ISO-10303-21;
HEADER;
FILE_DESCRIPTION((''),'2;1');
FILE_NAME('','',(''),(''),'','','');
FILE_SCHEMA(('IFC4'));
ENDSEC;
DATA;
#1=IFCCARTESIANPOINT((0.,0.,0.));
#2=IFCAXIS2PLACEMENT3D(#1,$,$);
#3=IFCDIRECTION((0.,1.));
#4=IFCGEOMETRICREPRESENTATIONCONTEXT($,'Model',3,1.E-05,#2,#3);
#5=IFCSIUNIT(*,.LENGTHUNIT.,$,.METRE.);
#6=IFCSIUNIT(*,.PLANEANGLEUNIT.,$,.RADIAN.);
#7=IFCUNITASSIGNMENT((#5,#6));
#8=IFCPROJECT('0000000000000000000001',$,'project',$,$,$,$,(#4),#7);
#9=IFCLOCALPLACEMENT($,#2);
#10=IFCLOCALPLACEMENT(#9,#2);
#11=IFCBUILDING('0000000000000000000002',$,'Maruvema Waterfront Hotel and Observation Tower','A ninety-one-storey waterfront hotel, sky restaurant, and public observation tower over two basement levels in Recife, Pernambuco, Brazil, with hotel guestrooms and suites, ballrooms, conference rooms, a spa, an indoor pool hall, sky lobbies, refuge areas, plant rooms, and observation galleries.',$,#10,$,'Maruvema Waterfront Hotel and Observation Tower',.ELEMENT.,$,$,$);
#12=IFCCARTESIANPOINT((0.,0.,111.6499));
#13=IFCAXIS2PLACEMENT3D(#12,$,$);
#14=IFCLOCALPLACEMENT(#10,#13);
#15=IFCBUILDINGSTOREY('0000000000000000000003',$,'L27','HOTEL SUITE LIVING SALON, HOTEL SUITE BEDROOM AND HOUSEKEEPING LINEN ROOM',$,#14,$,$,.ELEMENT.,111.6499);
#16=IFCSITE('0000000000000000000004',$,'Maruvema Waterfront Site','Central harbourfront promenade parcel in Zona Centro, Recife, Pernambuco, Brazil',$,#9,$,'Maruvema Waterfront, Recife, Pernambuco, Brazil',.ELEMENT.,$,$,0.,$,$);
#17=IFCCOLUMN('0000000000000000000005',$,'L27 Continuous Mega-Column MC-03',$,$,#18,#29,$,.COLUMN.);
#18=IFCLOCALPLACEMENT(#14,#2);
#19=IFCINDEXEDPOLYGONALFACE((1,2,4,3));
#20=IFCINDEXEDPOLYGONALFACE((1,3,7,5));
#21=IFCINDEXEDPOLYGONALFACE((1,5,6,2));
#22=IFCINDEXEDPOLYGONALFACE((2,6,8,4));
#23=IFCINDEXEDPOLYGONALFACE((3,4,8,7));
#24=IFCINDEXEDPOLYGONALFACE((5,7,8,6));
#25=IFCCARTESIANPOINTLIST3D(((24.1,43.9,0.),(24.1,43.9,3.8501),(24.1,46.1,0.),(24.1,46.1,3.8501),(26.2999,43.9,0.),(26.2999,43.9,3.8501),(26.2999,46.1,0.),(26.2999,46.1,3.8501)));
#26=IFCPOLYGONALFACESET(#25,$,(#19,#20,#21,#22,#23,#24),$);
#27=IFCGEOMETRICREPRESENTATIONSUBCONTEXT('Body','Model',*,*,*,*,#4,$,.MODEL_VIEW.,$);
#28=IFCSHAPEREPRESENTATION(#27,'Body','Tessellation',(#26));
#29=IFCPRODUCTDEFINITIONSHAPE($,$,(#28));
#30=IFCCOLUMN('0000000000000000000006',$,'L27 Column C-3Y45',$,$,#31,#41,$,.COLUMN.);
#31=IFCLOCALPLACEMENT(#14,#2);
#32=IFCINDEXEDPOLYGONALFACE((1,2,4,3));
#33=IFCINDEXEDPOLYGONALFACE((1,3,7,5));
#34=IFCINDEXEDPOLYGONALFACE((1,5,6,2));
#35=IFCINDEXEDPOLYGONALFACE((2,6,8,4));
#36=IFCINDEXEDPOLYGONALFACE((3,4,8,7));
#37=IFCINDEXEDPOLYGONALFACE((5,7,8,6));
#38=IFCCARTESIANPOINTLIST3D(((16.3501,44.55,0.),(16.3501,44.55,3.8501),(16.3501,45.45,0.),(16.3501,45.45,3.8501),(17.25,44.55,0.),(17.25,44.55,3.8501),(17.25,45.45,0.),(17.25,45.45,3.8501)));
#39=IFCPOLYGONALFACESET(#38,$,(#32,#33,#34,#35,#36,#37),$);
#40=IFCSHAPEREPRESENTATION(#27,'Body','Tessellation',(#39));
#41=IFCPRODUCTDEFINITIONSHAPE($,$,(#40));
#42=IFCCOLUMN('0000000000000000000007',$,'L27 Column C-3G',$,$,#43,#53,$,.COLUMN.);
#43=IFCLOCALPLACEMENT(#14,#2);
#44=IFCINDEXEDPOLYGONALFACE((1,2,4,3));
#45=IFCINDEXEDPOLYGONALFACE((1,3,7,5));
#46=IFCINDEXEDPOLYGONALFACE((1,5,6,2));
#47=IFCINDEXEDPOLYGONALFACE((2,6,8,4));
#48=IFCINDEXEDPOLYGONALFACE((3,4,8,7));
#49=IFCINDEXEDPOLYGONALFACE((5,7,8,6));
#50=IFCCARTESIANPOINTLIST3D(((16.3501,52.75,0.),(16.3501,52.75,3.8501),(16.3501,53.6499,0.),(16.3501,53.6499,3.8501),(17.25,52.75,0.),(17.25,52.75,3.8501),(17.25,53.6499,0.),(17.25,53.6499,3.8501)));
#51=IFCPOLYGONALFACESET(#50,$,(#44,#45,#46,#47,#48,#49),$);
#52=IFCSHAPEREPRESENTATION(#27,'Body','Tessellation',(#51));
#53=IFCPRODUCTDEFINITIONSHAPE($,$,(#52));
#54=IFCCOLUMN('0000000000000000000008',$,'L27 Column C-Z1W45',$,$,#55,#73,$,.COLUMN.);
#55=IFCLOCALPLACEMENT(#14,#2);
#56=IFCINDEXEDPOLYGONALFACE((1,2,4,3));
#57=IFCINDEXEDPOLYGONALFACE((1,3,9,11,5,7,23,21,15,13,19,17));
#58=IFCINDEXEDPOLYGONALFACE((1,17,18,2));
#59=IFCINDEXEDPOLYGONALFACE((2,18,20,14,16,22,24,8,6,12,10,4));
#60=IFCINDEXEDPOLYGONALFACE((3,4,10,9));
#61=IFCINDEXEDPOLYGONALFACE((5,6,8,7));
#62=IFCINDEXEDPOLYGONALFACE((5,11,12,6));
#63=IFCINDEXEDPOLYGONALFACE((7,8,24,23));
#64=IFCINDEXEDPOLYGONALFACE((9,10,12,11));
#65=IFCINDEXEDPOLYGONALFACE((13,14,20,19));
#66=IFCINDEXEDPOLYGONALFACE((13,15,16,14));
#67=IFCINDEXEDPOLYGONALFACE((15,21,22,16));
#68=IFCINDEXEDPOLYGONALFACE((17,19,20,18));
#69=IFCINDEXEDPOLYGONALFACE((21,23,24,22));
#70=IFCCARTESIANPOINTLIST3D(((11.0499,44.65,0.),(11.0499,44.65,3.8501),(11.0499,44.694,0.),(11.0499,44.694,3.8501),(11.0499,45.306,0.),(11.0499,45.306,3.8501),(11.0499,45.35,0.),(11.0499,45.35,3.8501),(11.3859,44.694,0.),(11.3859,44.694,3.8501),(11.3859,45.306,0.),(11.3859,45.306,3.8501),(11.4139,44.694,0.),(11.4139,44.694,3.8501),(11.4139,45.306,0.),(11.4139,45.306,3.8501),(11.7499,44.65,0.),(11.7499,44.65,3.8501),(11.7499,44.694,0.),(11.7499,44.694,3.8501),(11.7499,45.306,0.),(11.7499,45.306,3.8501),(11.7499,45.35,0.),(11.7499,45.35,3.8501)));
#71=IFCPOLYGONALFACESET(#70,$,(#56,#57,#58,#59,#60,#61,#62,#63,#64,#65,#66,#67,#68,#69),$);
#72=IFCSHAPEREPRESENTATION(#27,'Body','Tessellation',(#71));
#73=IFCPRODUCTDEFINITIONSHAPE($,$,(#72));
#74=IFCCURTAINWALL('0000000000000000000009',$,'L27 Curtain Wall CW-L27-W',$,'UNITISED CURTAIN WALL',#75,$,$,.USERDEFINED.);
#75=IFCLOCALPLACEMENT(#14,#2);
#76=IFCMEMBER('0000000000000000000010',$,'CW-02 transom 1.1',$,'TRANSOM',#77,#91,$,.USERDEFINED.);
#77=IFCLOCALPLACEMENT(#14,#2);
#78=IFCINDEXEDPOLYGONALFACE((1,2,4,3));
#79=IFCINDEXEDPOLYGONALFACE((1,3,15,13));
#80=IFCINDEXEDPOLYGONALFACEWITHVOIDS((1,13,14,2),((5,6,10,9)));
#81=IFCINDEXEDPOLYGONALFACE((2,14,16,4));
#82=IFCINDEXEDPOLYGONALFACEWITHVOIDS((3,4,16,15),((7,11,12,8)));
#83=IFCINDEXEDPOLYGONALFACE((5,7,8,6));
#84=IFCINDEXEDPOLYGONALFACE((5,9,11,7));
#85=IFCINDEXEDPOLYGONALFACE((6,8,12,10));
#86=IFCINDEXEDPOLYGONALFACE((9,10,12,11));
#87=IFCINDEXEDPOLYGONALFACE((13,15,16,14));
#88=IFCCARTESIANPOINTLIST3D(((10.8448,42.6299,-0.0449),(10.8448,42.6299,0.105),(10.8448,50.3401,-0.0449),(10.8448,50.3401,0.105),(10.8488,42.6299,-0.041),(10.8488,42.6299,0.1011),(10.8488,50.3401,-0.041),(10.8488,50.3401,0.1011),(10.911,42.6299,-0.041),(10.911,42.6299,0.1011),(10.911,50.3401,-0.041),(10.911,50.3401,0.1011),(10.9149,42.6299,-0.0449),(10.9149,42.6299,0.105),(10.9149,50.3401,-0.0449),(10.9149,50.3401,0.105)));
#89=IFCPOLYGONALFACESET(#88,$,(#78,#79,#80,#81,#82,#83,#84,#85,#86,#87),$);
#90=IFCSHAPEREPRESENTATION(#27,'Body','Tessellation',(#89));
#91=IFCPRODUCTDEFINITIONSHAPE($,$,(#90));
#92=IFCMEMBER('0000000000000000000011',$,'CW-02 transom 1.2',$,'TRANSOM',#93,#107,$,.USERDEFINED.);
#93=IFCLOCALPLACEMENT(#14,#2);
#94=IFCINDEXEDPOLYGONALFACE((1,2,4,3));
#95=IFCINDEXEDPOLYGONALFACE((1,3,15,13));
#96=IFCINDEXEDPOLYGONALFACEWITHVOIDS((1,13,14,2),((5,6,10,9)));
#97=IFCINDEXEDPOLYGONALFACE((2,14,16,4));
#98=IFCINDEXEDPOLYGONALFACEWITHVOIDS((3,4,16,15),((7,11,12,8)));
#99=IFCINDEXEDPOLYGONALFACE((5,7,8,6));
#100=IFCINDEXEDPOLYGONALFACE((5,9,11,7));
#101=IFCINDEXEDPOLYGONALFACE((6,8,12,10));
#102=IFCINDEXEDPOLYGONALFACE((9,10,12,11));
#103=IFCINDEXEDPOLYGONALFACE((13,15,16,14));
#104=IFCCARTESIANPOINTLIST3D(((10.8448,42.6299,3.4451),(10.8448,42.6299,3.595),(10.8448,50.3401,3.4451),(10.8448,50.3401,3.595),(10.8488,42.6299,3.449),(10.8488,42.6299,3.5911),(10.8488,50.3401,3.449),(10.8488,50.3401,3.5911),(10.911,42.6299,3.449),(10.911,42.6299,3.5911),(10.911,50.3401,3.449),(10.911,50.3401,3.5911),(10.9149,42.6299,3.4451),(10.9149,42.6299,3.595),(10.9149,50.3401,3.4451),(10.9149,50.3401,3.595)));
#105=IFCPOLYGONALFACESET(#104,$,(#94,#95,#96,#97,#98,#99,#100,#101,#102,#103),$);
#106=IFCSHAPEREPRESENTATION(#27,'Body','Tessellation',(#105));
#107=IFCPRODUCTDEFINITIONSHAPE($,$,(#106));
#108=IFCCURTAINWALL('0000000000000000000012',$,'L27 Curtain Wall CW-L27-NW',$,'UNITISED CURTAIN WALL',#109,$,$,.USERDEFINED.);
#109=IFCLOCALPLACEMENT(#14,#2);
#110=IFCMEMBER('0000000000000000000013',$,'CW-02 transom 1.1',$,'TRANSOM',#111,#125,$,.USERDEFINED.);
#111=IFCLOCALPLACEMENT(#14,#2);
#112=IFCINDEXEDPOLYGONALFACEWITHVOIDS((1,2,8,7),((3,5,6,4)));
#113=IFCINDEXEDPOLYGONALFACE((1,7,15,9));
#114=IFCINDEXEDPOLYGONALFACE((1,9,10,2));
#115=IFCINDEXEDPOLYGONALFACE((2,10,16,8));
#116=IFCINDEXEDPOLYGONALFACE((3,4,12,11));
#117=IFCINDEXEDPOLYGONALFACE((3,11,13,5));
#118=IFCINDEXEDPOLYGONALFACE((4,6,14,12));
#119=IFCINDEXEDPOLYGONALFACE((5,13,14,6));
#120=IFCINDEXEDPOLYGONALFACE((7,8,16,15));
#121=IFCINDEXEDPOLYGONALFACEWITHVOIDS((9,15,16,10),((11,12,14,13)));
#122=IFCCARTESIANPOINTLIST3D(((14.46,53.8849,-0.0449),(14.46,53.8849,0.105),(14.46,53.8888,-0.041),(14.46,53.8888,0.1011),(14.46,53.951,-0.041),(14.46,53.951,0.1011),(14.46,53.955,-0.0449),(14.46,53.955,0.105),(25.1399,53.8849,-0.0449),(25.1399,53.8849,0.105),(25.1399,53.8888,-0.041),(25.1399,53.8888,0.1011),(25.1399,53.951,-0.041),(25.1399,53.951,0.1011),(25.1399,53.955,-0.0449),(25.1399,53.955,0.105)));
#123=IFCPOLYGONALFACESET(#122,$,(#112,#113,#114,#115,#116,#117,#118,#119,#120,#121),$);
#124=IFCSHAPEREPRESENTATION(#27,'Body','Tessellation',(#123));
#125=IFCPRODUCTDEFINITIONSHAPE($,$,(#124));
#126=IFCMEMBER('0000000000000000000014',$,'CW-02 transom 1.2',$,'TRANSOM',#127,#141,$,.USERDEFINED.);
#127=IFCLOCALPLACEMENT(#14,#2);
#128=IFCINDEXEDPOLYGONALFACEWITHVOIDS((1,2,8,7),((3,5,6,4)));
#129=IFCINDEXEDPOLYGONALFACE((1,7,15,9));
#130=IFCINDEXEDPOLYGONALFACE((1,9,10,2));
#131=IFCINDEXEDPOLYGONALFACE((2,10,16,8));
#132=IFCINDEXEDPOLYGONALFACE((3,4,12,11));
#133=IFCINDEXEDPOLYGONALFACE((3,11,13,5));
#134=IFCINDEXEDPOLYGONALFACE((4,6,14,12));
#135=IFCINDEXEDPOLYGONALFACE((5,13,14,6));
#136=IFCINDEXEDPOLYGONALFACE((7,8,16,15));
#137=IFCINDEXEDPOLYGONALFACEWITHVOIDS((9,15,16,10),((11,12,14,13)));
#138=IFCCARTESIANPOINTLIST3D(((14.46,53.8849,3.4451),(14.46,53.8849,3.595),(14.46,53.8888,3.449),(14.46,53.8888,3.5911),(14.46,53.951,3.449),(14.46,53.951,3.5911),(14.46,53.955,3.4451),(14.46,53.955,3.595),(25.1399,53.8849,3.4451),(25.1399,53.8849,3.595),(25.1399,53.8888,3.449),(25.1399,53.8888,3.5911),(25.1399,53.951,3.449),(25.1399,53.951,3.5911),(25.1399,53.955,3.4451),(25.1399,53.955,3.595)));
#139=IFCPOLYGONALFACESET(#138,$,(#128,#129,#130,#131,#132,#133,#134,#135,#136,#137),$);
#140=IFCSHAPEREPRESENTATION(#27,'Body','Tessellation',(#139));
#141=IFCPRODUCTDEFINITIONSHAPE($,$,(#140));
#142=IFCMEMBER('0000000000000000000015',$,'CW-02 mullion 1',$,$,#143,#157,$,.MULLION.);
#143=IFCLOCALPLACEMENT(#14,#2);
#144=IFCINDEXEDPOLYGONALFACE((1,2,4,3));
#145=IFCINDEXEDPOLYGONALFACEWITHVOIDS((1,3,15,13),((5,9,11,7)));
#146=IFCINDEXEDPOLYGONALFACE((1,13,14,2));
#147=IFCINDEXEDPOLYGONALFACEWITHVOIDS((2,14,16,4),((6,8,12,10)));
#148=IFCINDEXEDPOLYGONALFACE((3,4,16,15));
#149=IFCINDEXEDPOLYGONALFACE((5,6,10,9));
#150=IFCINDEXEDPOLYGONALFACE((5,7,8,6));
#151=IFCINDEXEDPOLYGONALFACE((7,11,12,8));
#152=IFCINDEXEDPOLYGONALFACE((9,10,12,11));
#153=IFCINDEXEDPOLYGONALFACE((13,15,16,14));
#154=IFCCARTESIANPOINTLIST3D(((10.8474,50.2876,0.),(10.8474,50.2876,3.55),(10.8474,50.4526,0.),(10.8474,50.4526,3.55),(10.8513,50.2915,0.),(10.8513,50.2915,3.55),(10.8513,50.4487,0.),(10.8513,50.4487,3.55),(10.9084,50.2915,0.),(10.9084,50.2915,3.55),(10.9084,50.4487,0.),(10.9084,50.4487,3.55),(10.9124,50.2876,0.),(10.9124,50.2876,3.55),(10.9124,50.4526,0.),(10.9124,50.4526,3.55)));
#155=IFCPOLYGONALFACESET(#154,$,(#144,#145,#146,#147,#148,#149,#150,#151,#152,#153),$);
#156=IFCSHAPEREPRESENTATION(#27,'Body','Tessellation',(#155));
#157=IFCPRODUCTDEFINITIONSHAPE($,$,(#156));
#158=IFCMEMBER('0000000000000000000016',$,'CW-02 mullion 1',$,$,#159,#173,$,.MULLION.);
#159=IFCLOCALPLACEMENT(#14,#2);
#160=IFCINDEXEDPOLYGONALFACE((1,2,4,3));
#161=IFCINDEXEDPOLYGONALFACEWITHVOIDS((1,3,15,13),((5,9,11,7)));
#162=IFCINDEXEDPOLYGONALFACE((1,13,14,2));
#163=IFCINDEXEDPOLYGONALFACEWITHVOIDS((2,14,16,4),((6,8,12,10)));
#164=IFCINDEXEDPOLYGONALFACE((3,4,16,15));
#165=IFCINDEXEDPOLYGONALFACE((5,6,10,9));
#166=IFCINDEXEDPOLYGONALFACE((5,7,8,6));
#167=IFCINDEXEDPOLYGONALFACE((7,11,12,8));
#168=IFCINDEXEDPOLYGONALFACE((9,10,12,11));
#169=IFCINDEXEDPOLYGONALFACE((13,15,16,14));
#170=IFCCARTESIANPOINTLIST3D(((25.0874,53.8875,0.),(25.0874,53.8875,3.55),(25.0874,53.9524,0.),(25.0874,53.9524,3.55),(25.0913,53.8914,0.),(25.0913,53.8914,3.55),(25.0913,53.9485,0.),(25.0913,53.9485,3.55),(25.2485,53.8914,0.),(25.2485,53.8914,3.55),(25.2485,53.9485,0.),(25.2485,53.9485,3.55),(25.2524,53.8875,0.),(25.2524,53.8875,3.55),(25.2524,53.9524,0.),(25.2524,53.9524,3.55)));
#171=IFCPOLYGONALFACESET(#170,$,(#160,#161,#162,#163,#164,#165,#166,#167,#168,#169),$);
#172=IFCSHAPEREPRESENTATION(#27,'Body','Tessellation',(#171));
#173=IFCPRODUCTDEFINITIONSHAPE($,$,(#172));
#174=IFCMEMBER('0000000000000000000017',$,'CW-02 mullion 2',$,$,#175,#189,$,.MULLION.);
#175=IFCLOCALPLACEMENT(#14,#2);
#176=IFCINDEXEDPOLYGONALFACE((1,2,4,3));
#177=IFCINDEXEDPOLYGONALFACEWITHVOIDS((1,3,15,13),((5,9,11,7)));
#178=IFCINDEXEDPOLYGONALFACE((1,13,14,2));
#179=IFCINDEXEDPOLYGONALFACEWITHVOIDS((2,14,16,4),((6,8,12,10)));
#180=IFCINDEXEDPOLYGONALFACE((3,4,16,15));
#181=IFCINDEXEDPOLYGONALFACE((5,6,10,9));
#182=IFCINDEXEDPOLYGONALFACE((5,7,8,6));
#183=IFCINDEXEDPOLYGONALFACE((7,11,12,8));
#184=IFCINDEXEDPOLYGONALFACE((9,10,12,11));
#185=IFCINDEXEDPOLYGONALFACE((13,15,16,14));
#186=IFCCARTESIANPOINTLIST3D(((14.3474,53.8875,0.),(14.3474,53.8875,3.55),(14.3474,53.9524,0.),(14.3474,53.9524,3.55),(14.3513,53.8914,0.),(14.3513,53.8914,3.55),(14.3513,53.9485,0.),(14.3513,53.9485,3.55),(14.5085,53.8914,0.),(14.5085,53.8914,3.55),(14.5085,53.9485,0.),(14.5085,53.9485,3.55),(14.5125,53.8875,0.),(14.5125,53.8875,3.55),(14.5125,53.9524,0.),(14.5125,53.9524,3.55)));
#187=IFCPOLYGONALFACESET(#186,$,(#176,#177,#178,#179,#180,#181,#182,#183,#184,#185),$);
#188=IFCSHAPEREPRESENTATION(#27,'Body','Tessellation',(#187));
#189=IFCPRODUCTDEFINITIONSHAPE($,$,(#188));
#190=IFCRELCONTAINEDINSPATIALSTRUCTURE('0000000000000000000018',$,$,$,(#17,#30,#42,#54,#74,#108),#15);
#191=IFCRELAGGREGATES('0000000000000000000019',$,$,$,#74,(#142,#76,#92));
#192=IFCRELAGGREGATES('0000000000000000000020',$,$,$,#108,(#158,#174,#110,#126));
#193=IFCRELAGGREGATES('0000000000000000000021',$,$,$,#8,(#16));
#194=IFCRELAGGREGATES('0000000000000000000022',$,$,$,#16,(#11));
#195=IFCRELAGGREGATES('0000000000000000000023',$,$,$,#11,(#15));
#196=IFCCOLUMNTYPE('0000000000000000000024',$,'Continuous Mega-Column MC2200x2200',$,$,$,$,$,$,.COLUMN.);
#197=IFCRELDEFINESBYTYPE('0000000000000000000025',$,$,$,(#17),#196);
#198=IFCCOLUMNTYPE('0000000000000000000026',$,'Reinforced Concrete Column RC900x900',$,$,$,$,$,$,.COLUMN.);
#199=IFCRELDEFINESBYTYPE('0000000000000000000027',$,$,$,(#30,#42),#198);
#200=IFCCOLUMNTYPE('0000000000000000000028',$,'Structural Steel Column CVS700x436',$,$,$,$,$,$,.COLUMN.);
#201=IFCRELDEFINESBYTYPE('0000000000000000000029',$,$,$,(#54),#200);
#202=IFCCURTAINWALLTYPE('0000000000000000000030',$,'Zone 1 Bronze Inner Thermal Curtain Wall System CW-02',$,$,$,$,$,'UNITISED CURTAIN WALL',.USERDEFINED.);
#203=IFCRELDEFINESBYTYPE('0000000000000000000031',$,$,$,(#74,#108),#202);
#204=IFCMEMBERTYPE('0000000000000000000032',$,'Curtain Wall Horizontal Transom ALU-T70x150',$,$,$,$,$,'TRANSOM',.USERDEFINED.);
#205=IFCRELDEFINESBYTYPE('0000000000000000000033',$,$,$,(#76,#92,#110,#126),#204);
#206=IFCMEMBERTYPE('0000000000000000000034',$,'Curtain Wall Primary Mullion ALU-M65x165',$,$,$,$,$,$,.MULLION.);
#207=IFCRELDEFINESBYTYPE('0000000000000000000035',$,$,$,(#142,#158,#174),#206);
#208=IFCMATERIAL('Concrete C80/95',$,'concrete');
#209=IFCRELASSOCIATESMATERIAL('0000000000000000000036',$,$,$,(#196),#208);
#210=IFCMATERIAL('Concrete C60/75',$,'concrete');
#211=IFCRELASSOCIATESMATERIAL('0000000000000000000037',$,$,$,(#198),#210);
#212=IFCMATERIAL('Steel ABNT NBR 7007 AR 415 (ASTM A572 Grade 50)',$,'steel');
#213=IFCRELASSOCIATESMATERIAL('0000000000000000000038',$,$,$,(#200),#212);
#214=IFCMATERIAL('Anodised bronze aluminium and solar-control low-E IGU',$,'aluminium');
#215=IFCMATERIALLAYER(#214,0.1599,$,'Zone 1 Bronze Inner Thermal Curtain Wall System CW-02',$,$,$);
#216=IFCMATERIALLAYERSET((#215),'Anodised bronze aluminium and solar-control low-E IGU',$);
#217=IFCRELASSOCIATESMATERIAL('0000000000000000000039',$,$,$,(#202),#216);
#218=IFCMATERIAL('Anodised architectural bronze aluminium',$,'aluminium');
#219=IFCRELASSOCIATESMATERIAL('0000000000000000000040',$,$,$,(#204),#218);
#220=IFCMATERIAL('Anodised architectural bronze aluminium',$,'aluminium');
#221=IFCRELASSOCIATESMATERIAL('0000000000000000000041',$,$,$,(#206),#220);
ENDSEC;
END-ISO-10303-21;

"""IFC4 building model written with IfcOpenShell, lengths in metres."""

from ifc_helpers import new_model, si_unit, direction, frame, origin, origin_2d, place, context, subcontext, project, spatial, rectangle, hollow_rectangle, i_section, extrude, material, layer, layer_set, material_profile, profile_set, type_object, element, aggregate, save


model = new_model("IFC4")

# Units and contexts
model_context = context("Model", 3, precision=1e-05, world=origin(), true_north=direction((0.0, 1.0)))
body_context = subcontext(model_context, "Body", "Model", "MODEL_VIEW")
ifc_project = project(units=[si_unit("LENGTHUNIT", "METRE"), si_unit("PLANEANGLEUNIT", "RADIAN")], contexts=[model_context])

# Site, building, storey
site_placement = place(None, origin())
site = spatial("IfcSite", under=ifc_project, at=site_placement, Name="Maruvema Waterfront Site", Description="Central harbourfront promenade parcel in Zona Centro, Recife, Pernambuco, Brazil", LongName="Maruvema Waterfront, Recife, Pernambuco, Brazil", CompositionType="ELEMENT", RefElevation=0.0)
building_placement = place(site_placement, origin())
building = spatial("IfcBuilding", under=site, at=building_placement, Name="Maruvema Waterfront Hotel and Observation Tower", Description="A ninety-one-storey waterfront hotel, sky restaurant, and public observation tower over two basement levels in Recife, Pernambuco, Brazil, with hotel guestrooms and suites, ballrooms, conference rooms, a spa, an indoor pool hall, sky lobbies, refuge areas, plant rooms, and observation galleries.", LongName="Maruvema Waterfront Hotel and Observation Tower", CompositionType="ELEMENT")
storey_placement = place(building_placement, frame((0.0, 0.0, 111.6499)))
storey = spatial("IfcBuildingStorey", under=building, at=storey_placement, Name="L27", Description="HOTEL SUITE LIVING SALON, HOTEL SUITE BEDROOM AND HOUSEKEEPING LINEN ROOM", CompositionType="ELEMENT", Elevation=111.6499)

# Columns
ifc_material_1 = material(Name="Concrete C80/95", Category="concrete")
ifc_material_profile_1 = material_profile(ifc_material_1, rectangle(XDim=2.2, YDim=2.2, at=origin_2d()), Name="MC2200x2200")
ifc_profile_set_1 = profile_set([ifc_material_profile_1], Name="Concrete C80/95")
column_type_1 = type_object("IfcColumnType", Name="Continuous Mega-Column MC2200x2200", PredefinedType="COLUMN", material=ifc_profile_set_1)
column_1_placement = place(storey_placement, frame((25.2, 45.0, 0.0), z_axis=(0.0, 0.0, 1.0), x_axis=(1.0, 0.0, 0.0)))
element("IfcColumn", 1, at=column_1_placement, inside=storey, type_object=column_type_1, Name="L27 Continuous Mega-Column MC-03", PredefinedType="COLUMN", context=body_context, shape_type="SweptSolid", body=[
    extrude(rectangle(XDim=2.2, YDim=2.2, at=origin_2d()), origin(), (0.0, 0.0, 1.0), 3.8501),
])
ifc_material_2 = material(Name="Concrete C60/75", Category="concrete")
ifc_material_profile_2 = material_profile(ifc_material_2, rectangle(XDim=0.8999, YDim=0.8999, at=origin_2d()), Name="RC900x900")
ifc_profile_set_2 = profile_set([ifc_material_profile_2], Name="Concrete C60/75")
column_type_2 = type_object("IfcColumnType", Name="Reinforced Concrete Column RC900x900", PredefinedType="COLUMN", material=ifc_profile_set_2)
for number, where, z_axis, x_axis, name in (
    (2, (16.8, 45.0, 0.0), (0.0, 0.0, 1.0), (1.0, 0.0, 0.0), "L27 Column C-3Y45"),
    (3, (16.8, 53.2, 0.0), (0.0, 0.0, 1.0), (1.0, 0.0, 0.0), "L27 Column C-3G"),
):
    element("IfcColumn", number, at=place(storey_placement, frame(where, z_axis=z_axis, x_axis=x_axis)), inside=storey, type_object=column_type_2, Name=name, PredefinedType="COLUMN", context=body_context, shape_type="SweptSolid", body=[
        extrude(rectangle(XDim=0.8999, YDim=0.8999, at=origin_2d()), origin(), (0.0, 0.0, 1.0), 3.8501),
    ])
ifc_material_3 = material(Name="Steel ABNT NBR 7007 AR 415 (ASTM A572 Grade 50)", Category="steel")
ifc_material_profile_3 = material_profile(ifc_material_3, i_section(OverallWidth=0.7, OverallDepth=0.7, WebThickness=0.0281, FlangeThickness=0.0439, at=origin_2d()), Name="CVS700x436")
ifc_profile_set_3 = profile_set([ifc_material_profile_3], Name="Steel ABNT NBR 7007 AR 415 (ASTM A572 Grade 50)")
column_type_3 = type_object("IfcColumnType", Name="Structural Steel Column CVS700x436", PredefinedType="COLUMN", material=ifc_profile_set_3)
column_2_placement = place(storey_placement, frame((11.3999, 45.0, 0.0), z_axis=(0.0, 0.0, 1.0), x_axis=(1.0, 0.0, 0.0)))
element("IfcColumn", 4, at=column_2_placement, inside=storey, type_object=column_type_3, Name="L27 Column C-Z1W45", PredefinedType="COLUMN", context=body_context, shape_type="SweptSolid", body=[
    extrude(i_section(OverallWidth=0.7, OverallDepth=0.7, WebThickness=0.0281, FlangeThickness=0.0439, at=origin_2d()), origin(), (0.0, 0.0, 1.0), 3.8501),
])

# Curtain walls, members
ifc_material_4 = material(Name="Anodised bronze aluminium and solar-control low-E IGU", Category="aluminium")
ifc_layer_1 = layer(ifc_material_4, 0.1599, Name="Zone 1 Bronze Inner Thermal Curtain Wall System CW-02")
ifc_layer_set_1 = layer_set([ifc_layer_1], Name="Anodised bronze aluminium and solar-control low-E IGU")
curtain_wall_type = type_object("IfcCurtainWallType", Name="Zone 1 Bronze Inner Thermal Curtain Wall System CW-02", ElementType="UNITISED CURTAIN WALL", PredefinedType="USERDEFINED", material=ifc_layer_set_1)
curtain_wall_1_placement = place(storey_placement, origin())
curtain_wall_1 = element("IfcCurtainWall", 5, at=curtain_wall_1_placement, inside=storey, type_object=curtain_wall_type, Name="L27 Curtain Wall CW-L27-W", ObjectType="UNITISED CURTAIN WALL", PredefinedType="USERDEFINED")
ifc_material_5 = material(Name="Anodised architectural bronze aluminium", Category="aluminium")
ifc_material_profile_4 = material_profile(ifc_material_5, hollow_rectangle(XDim=0.0701, YDim=0.1499, WallThickness=0.0039, at=origin_2d()), Name="ALU-T70x150")
ifc_profile_set_4 = profile_set([ifc_material_profile_4], Name="Anodised architectural bronze aluminium")
member_type_1 = type_object("IfcMemberType", Name="Curtain Wall Horizontal Transom ALU-T70x150", ElementType="TRANSOM", PredefinedType="USERDEFINED", material=ifc_profile_set_4)
member_1_placement = place(storey_placement, frame((10.8799, 50.3401, 0.03), z_axis=(0.0, -1.0, 0.0), x_axis=(1.0, 0.0, 0.0)))
member_1 = element("IfcMember", 6, at=member_1_placement, type_object=member_type_1, Name="CW-02 transom 1.1", ObjectType="TRANSOM", PredefinedType="USERDEFINED", context=body_context, shape_type="SweptSolid", body=[
    extrude(hollow_rectangle(XDim=0.0701, YDim=0.1499, WallThickness=0.0039, at=origin_2d()), origin(), (0.0, 0.0, 1.0), 7.7102),
])
member_2_placement = place(storey_placement, frame((10.8799, 50.3401, 3.52), z_axis=(0.0, -1.0, 0.0), x_axis=(1.0, 0.0, 0.0)))
member_2 = element("IfcMember", 7, at=member_2_placement, type_object=member_type_1, Name="CW-02 transom 1.2", ObjectType="TRANSOM", PredefinedType="USERDEFINED", context=body_context, shape_type="SweptSolid", body=[
    extrude(hollow_rectangle(XDim=0.0701, YDim=0.1499, WallThickness=0.0039, at=origin_2d()), origin(), (0.0, 0.0, 1.0), 7.7102),
])
curtain_wall_2_placement = place(storey_placement, origin())
curtain_wall_2 = element("IfcCurtainWall", 8, at=curtain_wall_2_placement, inside=storey, type_object=curtain_wall_type, Name="L27 Curtain Wall CW-L27-NW", ObjectType="UNITISED CURTAIN WALL", PredefinedType="USERDEFINED")
member_3_placement = place(storey_placement, frame((25.1399, 53.9199, 0.03), z_axis=(-1.0, 0.0, 0.0), x_axis=(0.0, -1.0, 0.0)))
member_3 = element("IfcMember", 9, at=member_3_placement, type_object=member_type_1, Name="CW-02 transom 1.1", ObjectType="TRANSOM", PredefinedType="USERDEFINED", context=body_context, shape_type="SweptSolid", body=[
    extrude(hollow_rectangle(XDim=0.0701, YDim=0.1499, WallThickness=0.0039, at=origin_2d()), origin(), (0.0, 0.0, 1.0), 10.6799),
])
member_4_placement = place(storey_placement, frame((25.1399, 53.9199, 3.52), z_axis=(-1.0, 0.0, 0.0), x_axis=(0.0, -1.0, 0.0)))
member_4 = element("IfcMember", 10, at=member_4_placement, type_object=member_type_1, Name="CW-02 transom 1.2", ObjectType="TRANSOM", PredefinedType="USERDEFINED", context=body_context, shape_type="SweptSolid", body=[
    extrude(hollow_rectangle(XDim=0.0701, YDim=0.1499, WallThickness=0.0039, at=origin_2d()), origin(), (0.0, 0.0, 1.0), 10.6799),
])

# Members
ifc_material_6 = material(Name="Anodised architectural bronze aluminium", Category="aluminium")
ifc_material_profile_5 = material_profile(ifc_material_6, hollow_rectangle(XDim=0.0649, YDim=0.165, WallThickness=0.0039, at=origin_2d()), Name="ALU-M65x165")
ifc_profile_set_5 = profile_set([ifc_material_profile_5], Name="Anodised architectural bronze aluminium")
member_type_2 = type_object("IfcMemberType", Name="Curtain Wall Primary Mullion ALU-M65x165", PredefinedType="MULLION", material=ifc_profile_set_5)
member_5_placement = place(storey_placement, frame((10.8799, 50.3701, 0.0), z_axis=(0.0, 0.0, 1.0), x_axis=(1.0, 0.0, 0.0)))
member_5 = element("IfcMember", 11, at=member_5_placement, type_object=member_type_2, Name="CW-02 mullion 1", PredefinedType="MULLION", context=body_context, shape_type="SweptSolid", body=[
    extrude(hollow_rectangle(XDim=0.0649, YDim=0.165, WallThickness=0.0039, at=origin_2d()), origin(), (0.0, 0.0, 1.0), 3.55),
])
member_6_placement = place(storey_placement, frame((25.1699, 53.9199, 0.0), z_axis=(0.0, 0.0, 1.0), x_axis=(0.0, -1.0, 0.0)))
member_6 = element("IfcMember", 12, at=member_6_placement, type_object=member_type_2, Name="CW-02 mullion 1", PredefinedType="MULLION", context=body_context, shape_type="SweptSolid", body=[
    extrude(hollow_rectangle(XDim=0.0649, YDim=0.165, WallThickness=0.0039, at=origin_2d()), origin(), (0.0, 0.0, 1.0), 3.55),
])
member_7_placement = place(storey_placement, frame((14.4299, 53.9199, 0.0), z_axis=(0.0, 0.0, 1.0), x_axis=(0.0, -1.0, 0.0)))
member_7 = element("IfcMember", 13, at=member_7_placement, type_object=member_type_2, Name="CW-02 mullion 2", PredefinedType="MULLION", context=body_context, shape_type="SweptSolid", body=[
    extrude(hollow_rectangle(XDim=0.0649, YDim=0.165, WallThickness=0.0039, at=origin_2d()), origin(), (0.0, 0.0, 1.0), 3.55),
])

aggregate(curtain_wall_1, [member_5, member_1, member_2])
aggregate(curtain_wall_2, [member_6, member_7, member_3, member_4])

save(model, "model.ifc")
